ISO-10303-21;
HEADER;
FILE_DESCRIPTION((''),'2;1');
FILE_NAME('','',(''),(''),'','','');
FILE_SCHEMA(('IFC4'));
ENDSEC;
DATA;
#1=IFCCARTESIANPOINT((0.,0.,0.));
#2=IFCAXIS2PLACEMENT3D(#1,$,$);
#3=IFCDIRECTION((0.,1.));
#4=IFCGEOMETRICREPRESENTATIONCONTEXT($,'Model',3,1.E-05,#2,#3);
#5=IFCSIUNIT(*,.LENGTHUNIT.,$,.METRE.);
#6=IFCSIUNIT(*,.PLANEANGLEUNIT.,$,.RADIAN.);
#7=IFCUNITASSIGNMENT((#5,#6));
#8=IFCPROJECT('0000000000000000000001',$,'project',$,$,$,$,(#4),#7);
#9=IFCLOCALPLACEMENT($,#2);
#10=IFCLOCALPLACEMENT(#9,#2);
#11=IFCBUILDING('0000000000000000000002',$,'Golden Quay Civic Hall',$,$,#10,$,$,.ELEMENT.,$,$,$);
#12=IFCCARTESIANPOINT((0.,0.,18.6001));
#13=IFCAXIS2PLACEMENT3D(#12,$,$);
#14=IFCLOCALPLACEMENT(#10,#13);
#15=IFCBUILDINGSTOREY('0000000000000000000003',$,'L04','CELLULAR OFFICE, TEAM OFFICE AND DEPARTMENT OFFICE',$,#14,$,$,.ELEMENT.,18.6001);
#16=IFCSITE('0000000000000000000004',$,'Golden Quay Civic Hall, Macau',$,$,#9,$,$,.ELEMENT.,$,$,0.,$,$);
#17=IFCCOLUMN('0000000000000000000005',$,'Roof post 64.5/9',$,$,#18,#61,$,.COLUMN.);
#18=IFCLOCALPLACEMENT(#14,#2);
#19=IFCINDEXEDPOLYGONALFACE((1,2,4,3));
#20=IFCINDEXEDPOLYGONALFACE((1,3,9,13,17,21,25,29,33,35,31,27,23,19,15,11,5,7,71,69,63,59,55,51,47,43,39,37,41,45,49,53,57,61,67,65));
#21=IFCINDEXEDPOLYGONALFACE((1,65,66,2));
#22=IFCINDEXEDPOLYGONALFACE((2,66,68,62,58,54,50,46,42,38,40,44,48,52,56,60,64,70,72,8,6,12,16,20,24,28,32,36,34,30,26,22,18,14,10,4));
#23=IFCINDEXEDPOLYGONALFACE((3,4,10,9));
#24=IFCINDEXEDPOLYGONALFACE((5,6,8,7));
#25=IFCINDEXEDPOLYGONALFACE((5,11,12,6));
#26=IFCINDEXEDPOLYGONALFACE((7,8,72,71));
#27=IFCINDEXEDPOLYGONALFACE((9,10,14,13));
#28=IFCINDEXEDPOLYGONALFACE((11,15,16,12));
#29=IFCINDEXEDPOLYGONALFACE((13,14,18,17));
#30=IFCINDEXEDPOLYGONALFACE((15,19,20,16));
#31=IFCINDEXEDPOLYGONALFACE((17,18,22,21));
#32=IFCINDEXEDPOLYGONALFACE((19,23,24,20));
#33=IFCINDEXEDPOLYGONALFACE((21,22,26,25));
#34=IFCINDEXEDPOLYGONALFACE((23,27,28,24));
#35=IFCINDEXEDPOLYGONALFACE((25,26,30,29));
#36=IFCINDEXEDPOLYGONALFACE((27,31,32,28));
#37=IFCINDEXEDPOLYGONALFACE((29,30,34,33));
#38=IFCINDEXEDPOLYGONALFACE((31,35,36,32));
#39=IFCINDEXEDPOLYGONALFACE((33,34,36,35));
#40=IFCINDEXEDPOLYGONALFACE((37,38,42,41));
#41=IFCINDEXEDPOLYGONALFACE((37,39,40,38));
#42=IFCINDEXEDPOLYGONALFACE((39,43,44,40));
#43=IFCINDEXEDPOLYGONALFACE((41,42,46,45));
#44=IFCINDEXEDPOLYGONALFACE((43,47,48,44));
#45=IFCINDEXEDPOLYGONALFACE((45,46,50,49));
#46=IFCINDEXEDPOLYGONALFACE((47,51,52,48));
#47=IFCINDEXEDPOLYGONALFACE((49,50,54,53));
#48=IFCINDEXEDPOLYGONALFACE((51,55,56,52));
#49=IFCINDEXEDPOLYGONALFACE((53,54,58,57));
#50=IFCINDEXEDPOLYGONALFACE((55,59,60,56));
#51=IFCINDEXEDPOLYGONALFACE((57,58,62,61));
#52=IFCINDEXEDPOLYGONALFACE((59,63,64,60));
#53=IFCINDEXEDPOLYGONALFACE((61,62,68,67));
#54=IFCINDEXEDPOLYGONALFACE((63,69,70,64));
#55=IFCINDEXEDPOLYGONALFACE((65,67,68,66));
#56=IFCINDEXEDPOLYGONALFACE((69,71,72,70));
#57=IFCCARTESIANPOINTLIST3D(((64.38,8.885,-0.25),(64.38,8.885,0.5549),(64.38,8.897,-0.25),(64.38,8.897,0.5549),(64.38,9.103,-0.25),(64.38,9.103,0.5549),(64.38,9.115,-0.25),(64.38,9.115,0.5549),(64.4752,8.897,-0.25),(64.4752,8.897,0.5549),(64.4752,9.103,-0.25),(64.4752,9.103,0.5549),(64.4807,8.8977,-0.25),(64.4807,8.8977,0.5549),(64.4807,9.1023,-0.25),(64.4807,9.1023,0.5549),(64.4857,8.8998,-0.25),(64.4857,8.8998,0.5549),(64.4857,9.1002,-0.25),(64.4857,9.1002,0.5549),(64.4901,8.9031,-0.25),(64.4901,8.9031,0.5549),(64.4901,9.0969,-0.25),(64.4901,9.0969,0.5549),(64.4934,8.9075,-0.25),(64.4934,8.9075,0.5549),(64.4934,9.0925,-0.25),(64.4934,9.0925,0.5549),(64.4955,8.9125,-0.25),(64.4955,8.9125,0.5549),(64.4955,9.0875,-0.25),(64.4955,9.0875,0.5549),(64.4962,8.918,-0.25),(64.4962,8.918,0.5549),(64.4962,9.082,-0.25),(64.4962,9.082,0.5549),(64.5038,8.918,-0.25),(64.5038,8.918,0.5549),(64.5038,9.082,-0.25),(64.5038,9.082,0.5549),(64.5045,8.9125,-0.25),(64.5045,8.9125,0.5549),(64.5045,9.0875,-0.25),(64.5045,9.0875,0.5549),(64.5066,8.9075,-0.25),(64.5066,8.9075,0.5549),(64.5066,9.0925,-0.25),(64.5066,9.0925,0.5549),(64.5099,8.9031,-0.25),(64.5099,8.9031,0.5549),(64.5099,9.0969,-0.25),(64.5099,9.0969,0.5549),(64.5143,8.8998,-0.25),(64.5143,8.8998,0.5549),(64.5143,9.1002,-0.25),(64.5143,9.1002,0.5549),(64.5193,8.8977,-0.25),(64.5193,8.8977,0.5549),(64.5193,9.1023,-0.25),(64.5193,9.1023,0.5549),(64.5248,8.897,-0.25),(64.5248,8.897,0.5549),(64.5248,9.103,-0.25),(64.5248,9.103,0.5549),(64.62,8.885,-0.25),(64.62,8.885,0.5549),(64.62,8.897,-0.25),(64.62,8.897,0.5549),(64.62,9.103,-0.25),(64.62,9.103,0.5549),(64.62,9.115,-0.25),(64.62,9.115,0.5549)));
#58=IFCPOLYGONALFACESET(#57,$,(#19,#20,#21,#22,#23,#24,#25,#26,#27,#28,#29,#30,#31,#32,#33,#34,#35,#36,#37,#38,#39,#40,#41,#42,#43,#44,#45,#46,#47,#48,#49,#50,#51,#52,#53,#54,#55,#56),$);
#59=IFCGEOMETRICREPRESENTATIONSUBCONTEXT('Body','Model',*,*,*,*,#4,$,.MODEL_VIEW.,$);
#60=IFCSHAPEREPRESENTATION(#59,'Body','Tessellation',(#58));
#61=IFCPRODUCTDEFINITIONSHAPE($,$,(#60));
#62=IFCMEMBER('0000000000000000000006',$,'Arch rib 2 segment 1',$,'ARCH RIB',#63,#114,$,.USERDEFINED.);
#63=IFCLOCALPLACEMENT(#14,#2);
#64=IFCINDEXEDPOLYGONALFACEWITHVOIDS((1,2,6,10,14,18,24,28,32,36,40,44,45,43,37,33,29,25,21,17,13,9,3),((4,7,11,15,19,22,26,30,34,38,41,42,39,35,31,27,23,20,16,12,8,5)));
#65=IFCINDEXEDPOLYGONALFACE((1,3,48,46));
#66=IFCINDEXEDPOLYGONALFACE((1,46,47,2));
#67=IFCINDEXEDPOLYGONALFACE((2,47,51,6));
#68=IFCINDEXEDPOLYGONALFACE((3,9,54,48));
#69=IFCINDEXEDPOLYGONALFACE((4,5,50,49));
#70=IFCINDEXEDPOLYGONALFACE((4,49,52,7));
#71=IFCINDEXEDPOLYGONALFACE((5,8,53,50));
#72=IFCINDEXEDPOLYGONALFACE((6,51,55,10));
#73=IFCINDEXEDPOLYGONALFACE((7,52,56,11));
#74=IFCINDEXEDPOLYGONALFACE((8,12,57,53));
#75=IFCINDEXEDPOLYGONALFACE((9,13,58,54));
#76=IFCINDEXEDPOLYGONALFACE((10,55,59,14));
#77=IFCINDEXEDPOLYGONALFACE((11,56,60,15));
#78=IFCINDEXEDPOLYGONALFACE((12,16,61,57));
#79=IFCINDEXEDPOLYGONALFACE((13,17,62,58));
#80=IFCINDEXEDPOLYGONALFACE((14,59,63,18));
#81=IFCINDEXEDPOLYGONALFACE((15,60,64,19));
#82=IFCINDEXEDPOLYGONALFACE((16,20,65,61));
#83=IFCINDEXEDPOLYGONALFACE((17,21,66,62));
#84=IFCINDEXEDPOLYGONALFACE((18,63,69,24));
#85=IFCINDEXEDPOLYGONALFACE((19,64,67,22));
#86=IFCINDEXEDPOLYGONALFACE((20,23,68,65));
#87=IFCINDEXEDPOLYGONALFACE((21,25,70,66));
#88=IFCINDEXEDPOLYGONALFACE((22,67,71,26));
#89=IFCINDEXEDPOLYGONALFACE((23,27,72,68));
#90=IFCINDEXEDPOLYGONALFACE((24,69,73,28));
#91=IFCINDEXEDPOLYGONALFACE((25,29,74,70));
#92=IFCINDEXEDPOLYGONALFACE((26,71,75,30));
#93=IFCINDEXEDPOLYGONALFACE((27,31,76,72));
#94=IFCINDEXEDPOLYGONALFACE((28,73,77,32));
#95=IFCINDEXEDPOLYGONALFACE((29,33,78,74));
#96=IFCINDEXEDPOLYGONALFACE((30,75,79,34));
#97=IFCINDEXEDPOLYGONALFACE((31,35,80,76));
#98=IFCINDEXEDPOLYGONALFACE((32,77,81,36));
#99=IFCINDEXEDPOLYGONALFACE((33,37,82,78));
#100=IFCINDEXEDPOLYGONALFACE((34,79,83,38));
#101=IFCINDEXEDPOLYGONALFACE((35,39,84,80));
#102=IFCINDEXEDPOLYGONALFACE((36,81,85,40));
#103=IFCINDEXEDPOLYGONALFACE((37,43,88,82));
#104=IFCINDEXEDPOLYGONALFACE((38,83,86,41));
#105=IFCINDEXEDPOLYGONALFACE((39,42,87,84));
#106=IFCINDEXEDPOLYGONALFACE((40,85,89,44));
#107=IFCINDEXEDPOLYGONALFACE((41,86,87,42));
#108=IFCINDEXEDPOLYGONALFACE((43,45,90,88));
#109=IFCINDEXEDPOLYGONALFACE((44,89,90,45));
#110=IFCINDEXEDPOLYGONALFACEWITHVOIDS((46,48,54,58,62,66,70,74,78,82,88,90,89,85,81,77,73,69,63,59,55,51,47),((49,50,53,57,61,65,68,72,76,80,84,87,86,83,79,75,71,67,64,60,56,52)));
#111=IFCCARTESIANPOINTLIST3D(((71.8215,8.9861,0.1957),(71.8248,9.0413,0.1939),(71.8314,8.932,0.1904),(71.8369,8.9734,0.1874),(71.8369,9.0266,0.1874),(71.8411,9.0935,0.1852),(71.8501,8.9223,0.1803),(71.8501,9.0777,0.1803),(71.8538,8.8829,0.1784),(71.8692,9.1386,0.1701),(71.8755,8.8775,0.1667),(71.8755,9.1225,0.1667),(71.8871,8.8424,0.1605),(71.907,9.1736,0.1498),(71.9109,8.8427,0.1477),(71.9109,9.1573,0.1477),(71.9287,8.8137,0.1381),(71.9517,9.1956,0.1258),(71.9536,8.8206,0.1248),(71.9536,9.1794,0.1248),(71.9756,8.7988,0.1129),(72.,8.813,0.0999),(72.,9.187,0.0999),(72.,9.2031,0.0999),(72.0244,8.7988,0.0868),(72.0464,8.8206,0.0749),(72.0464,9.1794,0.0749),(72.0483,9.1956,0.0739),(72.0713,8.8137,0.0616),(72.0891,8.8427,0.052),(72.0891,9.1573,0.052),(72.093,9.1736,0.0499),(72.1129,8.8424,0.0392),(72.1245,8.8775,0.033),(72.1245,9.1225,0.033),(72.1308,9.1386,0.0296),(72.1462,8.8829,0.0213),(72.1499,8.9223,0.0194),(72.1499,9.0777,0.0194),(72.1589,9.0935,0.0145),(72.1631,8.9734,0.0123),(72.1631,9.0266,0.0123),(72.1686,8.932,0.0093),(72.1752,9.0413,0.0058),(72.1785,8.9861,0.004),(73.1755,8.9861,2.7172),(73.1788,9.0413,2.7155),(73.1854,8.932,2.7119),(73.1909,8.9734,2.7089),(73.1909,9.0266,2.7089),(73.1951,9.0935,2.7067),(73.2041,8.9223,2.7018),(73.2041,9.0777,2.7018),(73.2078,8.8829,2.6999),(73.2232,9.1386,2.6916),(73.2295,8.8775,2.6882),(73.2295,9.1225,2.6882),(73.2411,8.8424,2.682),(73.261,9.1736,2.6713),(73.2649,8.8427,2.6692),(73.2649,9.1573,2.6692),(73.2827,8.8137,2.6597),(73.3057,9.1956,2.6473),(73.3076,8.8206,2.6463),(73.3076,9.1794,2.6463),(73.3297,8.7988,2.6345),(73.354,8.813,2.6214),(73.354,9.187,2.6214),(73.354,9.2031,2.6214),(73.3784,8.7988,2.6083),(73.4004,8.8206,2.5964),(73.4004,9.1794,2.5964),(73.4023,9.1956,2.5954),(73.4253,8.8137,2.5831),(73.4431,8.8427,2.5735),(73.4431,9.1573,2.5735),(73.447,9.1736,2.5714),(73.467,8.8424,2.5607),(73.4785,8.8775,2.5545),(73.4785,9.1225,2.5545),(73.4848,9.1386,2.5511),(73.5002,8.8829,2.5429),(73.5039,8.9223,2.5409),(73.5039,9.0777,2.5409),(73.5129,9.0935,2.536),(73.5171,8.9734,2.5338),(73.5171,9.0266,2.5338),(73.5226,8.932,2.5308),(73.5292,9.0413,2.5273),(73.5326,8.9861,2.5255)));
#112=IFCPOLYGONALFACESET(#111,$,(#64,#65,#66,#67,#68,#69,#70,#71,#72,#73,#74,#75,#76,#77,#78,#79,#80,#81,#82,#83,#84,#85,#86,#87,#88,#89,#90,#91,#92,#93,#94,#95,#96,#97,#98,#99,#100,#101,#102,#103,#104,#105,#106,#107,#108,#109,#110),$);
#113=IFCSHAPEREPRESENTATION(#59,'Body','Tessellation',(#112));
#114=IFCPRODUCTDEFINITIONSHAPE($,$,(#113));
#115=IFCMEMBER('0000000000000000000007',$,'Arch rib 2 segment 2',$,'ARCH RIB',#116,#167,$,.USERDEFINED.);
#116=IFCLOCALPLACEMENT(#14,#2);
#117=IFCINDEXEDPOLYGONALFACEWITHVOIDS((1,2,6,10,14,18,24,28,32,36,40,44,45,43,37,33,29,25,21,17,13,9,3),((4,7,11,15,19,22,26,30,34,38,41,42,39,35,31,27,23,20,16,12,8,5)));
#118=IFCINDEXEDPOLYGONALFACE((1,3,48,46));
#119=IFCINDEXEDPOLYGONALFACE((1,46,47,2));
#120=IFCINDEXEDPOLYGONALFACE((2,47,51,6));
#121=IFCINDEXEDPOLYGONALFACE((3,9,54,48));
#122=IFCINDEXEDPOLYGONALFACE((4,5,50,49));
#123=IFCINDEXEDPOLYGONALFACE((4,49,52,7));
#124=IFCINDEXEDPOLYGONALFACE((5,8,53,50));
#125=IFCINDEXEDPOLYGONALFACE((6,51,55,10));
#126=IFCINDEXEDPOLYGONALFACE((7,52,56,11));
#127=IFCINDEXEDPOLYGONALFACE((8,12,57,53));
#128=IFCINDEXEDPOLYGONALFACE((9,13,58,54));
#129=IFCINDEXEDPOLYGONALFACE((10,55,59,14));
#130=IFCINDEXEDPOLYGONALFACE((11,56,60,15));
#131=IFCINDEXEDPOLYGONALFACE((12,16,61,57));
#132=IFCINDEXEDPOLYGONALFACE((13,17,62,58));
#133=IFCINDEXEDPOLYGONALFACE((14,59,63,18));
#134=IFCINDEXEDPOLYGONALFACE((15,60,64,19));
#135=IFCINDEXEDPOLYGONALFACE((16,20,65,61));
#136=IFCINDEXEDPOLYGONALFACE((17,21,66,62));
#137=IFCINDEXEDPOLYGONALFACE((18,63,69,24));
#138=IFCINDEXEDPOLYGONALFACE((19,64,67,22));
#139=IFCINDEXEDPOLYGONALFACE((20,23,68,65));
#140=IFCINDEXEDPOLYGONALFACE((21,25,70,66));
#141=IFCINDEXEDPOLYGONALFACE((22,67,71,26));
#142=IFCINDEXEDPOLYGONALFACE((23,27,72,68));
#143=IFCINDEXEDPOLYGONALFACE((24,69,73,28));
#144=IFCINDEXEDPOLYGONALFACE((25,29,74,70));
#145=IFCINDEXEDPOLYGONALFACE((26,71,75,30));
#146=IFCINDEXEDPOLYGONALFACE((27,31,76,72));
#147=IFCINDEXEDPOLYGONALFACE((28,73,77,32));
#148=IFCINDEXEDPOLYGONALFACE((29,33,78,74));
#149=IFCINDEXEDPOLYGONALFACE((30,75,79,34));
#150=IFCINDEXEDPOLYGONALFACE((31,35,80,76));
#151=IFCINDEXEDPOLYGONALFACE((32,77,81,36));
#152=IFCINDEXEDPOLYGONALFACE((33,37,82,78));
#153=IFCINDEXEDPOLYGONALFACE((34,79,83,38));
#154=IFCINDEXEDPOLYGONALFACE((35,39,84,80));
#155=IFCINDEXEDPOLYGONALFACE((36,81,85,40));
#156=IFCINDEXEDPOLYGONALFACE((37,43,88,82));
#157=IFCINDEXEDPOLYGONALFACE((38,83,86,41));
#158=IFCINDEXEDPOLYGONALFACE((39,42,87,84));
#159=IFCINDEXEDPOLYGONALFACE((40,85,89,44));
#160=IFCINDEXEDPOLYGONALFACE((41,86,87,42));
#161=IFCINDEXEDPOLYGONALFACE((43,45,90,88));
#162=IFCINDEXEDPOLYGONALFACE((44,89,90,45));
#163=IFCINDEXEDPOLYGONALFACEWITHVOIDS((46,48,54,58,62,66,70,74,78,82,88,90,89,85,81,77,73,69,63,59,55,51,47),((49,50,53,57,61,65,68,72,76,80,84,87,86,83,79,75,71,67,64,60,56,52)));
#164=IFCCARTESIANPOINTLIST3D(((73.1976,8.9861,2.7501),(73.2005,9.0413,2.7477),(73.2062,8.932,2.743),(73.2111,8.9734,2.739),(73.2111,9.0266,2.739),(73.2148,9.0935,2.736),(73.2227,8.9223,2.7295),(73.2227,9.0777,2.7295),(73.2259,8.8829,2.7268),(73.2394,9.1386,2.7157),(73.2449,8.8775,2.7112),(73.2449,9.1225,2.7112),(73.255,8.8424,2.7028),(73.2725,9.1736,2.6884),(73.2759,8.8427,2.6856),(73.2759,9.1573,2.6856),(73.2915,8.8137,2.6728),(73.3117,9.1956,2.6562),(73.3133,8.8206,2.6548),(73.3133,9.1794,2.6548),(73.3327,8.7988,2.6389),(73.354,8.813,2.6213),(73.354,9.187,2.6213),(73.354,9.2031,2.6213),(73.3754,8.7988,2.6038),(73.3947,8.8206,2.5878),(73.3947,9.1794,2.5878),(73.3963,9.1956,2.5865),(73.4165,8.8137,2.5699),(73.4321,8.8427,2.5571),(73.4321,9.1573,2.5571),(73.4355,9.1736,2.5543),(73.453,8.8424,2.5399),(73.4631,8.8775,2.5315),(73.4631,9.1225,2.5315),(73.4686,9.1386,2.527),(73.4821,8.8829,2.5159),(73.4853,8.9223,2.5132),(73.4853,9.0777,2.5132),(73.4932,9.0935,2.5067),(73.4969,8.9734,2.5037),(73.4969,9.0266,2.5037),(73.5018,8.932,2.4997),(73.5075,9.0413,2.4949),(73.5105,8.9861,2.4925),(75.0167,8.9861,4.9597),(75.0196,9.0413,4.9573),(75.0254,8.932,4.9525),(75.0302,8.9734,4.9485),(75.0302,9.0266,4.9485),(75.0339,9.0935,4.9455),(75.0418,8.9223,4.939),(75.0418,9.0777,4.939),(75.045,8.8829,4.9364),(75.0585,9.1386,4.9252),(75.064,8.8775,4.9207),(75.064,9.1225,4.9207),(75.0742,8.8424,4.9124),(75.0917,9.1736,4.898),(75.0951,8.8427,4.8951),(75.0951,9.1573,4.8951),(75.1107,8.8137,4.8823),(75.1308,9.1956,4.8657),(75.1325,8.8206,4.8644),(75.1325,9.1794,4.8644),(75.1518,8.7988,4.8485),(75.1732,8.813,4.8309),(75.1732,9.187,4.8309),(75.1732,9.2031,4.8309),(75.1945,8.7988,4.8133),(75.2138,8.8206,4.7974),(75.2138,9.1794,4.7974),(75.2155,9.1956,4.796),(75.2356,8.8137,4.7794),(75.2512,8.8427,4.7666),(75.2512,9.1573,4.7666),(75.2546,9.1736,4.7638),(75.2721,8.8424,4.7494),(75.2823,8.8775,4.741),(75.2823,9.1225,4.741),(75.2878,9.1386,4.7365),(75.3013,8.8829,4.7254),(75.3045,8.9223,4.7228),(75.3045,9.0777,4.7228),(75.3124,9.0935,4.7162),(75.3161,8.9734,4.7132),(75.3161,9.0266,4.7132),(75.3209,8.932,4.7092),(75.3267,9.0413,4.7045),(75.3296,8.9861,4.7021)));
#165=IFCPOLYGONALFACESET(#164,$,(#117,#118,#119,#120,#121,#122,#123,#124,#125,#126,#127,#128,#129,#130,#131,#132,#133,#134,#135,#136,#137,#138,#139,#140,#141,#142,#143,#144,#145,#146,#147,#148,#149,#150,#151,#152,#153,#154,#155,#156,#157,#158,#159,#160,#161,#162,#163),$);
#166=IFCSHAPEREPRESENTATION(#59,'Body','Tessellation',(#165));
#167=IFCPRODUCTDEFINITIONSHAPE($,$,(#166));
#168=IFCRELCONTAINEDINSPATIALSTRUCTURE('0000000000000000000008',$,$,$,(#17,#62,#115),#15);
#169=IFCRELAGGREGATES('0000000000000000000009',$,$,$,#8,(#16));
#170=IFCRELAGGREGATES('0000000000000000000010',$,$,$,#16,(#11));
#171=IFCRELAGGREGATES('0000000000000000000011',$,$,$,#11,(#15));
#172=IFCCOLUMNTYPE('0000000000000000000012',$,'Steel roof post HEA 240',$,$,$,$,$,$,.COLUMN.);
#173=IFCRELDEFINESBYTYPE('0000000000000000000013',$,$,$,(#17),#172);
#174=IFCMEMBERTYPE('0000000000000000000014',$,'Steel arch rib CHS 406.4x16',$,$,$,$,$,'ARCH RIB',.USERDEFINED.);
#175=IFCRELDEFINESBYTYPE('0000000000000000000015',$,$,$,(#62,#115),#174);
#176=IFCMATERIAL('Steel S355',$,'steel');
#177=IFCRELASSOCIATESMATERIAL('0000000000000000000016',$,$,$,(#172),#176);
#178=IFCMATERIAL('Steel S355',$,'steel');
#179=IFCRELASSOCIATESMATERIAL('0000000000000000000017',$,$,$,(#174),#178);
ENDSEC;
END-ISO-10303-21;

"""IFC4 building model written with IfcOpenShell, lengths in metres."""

from ifc_helpers import new_model, si_unit, direction, frame, origin, origin_2d, place, context, subcontext, project, spatial, hollow_circle, i_section, extrude, material, material_profile, profile_set, type_object, element, save


model = new_model("IFC4")

# Units and contexts
model_context = context("Model", 3, precision=1e-05, world=origin(), true_north=direction((0.0, 1.0)))
body_context = subcontext(model_context, "Body", "Model", "MODEL_VIEW")
ifc_project = project(units=[si_unit("LENGTHUNIT", "METRE"), si_unit("PLANEANGLEUNIT", "RADIAN")], contexts=[model_context])

# Site, building, storey
site_placement = place(None, origin())
site = spatial("IfcSite", under=ifc_project, at=site_placement, Name="Golden Quay Civic Hall, Macau", CompositionType="ELEMENT", RefElevation=0.0)
building_placement = place(site_placement, origin())
building = spatial("IfcBuilding", under=site, at=building_placement, Name="Golden Quay Civic Hall", CompositionType="ELEMENT")
storey_placement = place(building_placement, frame((0.0, 0.0, 18.6001)))
storey = spatial("IfcBuildingStorey", under=building, at=storey_placement, Name="L04", Description="CELLULAR OFFICE, TEAM OFFICE AND DEPARTMENT OFFICE", CompositionType="ELEMENT", Elevation=18.6001)

# Column
ifc_material_1 = material(Name="Steel S355", Category="steel")
ifc_material_profile_1 = material_profile(ifc_material_1, i_section(OverallWidth=0.24, OverallDepth=0.23, WebThickness=0.0076, FlangeThickness=0.012, FilletRadius=0.021, at=origin_2d()), Name="HEA 240")
ifc_profile_set_1 = profile_set([ifc_material_profile_1], Name="Steel S355")
column_type = type_object("IfcColumnType", Name="Steel roof post HEA 240", PredefinedType="COLUMN", material=ifc_profile_set_1)
column_placement = place(storey_placement, frame((64.5, 9.0, -0.25), z_axis=(0.0, 0.0, 1.0), x_axis=(1.0, 0.0, 0.0)))
element("IfcColumn", 1, at=column_placement, inside=storey, type_object=column_type, Name="Roof post 64.5/9", PredefinedType="COLUMN", context=body_context, shape_type="SweptSolid", body=[
    extrude(i_section(OverallWidth=0.24, OverallDepth=0.23, WebThickness=0.0076, FlangeThickness=0.012, FilletRadius=0.021, at=origin_2d()), origin(), (0.0, 0.0, 1.0), 0.8049),
])

# Members
ifc_material_2 = material(Name="Steel S355", Category="steel")
ifc_material_profile_2 = material_profile(ifc_material_2, hollow_circle(Radius=0.2031, WallThickness=0.0161, at=origin_2d()), Name="CHS 406.4x16")
ifc_profile_set_2 = profile_set([ifc_material_profile_2], Name="Steel S355")
member_type_1 = type_object("IfcMemberType", Name="Steel arch rib CHS 406.4x16", ElementType="ARCH RIB", PredefinedType="USERDEFINED", material=ifc_profile_set_2)
for number, where, z_axis, x_axis, name in (
    (2, (72.0, 9.0, 0.0999), (0.473092, 0.0, 0.881013), (0.0, 1.0, 0.0), "Arch rib 2 segment 1"),
    (3, (73.354, 9.0, 2.6213), (0.635609, 0.0, 0.772011), (0.0, 1.0, 0.0), "Arch rib 2 segment 2"),
):
    element("IfcMember", number, at=place(storey_placement, frame(where, z_axis=z_axis, x_axis=x_axis)), inside=storey, type_object=member_type_1, Name=name, ObjectType="ARCH RIB", PredefinedType="USERDEFINED", context=body_context, shape_type="SweptSolid", body=[
        extrude(hollow_circle(Radius=0.2031, WallThickness=0.0161, at=origin_2d()), origin(), (0.0, 0.0, 1.0), 2.8621),
    ])

save(model, "model.ifc")
